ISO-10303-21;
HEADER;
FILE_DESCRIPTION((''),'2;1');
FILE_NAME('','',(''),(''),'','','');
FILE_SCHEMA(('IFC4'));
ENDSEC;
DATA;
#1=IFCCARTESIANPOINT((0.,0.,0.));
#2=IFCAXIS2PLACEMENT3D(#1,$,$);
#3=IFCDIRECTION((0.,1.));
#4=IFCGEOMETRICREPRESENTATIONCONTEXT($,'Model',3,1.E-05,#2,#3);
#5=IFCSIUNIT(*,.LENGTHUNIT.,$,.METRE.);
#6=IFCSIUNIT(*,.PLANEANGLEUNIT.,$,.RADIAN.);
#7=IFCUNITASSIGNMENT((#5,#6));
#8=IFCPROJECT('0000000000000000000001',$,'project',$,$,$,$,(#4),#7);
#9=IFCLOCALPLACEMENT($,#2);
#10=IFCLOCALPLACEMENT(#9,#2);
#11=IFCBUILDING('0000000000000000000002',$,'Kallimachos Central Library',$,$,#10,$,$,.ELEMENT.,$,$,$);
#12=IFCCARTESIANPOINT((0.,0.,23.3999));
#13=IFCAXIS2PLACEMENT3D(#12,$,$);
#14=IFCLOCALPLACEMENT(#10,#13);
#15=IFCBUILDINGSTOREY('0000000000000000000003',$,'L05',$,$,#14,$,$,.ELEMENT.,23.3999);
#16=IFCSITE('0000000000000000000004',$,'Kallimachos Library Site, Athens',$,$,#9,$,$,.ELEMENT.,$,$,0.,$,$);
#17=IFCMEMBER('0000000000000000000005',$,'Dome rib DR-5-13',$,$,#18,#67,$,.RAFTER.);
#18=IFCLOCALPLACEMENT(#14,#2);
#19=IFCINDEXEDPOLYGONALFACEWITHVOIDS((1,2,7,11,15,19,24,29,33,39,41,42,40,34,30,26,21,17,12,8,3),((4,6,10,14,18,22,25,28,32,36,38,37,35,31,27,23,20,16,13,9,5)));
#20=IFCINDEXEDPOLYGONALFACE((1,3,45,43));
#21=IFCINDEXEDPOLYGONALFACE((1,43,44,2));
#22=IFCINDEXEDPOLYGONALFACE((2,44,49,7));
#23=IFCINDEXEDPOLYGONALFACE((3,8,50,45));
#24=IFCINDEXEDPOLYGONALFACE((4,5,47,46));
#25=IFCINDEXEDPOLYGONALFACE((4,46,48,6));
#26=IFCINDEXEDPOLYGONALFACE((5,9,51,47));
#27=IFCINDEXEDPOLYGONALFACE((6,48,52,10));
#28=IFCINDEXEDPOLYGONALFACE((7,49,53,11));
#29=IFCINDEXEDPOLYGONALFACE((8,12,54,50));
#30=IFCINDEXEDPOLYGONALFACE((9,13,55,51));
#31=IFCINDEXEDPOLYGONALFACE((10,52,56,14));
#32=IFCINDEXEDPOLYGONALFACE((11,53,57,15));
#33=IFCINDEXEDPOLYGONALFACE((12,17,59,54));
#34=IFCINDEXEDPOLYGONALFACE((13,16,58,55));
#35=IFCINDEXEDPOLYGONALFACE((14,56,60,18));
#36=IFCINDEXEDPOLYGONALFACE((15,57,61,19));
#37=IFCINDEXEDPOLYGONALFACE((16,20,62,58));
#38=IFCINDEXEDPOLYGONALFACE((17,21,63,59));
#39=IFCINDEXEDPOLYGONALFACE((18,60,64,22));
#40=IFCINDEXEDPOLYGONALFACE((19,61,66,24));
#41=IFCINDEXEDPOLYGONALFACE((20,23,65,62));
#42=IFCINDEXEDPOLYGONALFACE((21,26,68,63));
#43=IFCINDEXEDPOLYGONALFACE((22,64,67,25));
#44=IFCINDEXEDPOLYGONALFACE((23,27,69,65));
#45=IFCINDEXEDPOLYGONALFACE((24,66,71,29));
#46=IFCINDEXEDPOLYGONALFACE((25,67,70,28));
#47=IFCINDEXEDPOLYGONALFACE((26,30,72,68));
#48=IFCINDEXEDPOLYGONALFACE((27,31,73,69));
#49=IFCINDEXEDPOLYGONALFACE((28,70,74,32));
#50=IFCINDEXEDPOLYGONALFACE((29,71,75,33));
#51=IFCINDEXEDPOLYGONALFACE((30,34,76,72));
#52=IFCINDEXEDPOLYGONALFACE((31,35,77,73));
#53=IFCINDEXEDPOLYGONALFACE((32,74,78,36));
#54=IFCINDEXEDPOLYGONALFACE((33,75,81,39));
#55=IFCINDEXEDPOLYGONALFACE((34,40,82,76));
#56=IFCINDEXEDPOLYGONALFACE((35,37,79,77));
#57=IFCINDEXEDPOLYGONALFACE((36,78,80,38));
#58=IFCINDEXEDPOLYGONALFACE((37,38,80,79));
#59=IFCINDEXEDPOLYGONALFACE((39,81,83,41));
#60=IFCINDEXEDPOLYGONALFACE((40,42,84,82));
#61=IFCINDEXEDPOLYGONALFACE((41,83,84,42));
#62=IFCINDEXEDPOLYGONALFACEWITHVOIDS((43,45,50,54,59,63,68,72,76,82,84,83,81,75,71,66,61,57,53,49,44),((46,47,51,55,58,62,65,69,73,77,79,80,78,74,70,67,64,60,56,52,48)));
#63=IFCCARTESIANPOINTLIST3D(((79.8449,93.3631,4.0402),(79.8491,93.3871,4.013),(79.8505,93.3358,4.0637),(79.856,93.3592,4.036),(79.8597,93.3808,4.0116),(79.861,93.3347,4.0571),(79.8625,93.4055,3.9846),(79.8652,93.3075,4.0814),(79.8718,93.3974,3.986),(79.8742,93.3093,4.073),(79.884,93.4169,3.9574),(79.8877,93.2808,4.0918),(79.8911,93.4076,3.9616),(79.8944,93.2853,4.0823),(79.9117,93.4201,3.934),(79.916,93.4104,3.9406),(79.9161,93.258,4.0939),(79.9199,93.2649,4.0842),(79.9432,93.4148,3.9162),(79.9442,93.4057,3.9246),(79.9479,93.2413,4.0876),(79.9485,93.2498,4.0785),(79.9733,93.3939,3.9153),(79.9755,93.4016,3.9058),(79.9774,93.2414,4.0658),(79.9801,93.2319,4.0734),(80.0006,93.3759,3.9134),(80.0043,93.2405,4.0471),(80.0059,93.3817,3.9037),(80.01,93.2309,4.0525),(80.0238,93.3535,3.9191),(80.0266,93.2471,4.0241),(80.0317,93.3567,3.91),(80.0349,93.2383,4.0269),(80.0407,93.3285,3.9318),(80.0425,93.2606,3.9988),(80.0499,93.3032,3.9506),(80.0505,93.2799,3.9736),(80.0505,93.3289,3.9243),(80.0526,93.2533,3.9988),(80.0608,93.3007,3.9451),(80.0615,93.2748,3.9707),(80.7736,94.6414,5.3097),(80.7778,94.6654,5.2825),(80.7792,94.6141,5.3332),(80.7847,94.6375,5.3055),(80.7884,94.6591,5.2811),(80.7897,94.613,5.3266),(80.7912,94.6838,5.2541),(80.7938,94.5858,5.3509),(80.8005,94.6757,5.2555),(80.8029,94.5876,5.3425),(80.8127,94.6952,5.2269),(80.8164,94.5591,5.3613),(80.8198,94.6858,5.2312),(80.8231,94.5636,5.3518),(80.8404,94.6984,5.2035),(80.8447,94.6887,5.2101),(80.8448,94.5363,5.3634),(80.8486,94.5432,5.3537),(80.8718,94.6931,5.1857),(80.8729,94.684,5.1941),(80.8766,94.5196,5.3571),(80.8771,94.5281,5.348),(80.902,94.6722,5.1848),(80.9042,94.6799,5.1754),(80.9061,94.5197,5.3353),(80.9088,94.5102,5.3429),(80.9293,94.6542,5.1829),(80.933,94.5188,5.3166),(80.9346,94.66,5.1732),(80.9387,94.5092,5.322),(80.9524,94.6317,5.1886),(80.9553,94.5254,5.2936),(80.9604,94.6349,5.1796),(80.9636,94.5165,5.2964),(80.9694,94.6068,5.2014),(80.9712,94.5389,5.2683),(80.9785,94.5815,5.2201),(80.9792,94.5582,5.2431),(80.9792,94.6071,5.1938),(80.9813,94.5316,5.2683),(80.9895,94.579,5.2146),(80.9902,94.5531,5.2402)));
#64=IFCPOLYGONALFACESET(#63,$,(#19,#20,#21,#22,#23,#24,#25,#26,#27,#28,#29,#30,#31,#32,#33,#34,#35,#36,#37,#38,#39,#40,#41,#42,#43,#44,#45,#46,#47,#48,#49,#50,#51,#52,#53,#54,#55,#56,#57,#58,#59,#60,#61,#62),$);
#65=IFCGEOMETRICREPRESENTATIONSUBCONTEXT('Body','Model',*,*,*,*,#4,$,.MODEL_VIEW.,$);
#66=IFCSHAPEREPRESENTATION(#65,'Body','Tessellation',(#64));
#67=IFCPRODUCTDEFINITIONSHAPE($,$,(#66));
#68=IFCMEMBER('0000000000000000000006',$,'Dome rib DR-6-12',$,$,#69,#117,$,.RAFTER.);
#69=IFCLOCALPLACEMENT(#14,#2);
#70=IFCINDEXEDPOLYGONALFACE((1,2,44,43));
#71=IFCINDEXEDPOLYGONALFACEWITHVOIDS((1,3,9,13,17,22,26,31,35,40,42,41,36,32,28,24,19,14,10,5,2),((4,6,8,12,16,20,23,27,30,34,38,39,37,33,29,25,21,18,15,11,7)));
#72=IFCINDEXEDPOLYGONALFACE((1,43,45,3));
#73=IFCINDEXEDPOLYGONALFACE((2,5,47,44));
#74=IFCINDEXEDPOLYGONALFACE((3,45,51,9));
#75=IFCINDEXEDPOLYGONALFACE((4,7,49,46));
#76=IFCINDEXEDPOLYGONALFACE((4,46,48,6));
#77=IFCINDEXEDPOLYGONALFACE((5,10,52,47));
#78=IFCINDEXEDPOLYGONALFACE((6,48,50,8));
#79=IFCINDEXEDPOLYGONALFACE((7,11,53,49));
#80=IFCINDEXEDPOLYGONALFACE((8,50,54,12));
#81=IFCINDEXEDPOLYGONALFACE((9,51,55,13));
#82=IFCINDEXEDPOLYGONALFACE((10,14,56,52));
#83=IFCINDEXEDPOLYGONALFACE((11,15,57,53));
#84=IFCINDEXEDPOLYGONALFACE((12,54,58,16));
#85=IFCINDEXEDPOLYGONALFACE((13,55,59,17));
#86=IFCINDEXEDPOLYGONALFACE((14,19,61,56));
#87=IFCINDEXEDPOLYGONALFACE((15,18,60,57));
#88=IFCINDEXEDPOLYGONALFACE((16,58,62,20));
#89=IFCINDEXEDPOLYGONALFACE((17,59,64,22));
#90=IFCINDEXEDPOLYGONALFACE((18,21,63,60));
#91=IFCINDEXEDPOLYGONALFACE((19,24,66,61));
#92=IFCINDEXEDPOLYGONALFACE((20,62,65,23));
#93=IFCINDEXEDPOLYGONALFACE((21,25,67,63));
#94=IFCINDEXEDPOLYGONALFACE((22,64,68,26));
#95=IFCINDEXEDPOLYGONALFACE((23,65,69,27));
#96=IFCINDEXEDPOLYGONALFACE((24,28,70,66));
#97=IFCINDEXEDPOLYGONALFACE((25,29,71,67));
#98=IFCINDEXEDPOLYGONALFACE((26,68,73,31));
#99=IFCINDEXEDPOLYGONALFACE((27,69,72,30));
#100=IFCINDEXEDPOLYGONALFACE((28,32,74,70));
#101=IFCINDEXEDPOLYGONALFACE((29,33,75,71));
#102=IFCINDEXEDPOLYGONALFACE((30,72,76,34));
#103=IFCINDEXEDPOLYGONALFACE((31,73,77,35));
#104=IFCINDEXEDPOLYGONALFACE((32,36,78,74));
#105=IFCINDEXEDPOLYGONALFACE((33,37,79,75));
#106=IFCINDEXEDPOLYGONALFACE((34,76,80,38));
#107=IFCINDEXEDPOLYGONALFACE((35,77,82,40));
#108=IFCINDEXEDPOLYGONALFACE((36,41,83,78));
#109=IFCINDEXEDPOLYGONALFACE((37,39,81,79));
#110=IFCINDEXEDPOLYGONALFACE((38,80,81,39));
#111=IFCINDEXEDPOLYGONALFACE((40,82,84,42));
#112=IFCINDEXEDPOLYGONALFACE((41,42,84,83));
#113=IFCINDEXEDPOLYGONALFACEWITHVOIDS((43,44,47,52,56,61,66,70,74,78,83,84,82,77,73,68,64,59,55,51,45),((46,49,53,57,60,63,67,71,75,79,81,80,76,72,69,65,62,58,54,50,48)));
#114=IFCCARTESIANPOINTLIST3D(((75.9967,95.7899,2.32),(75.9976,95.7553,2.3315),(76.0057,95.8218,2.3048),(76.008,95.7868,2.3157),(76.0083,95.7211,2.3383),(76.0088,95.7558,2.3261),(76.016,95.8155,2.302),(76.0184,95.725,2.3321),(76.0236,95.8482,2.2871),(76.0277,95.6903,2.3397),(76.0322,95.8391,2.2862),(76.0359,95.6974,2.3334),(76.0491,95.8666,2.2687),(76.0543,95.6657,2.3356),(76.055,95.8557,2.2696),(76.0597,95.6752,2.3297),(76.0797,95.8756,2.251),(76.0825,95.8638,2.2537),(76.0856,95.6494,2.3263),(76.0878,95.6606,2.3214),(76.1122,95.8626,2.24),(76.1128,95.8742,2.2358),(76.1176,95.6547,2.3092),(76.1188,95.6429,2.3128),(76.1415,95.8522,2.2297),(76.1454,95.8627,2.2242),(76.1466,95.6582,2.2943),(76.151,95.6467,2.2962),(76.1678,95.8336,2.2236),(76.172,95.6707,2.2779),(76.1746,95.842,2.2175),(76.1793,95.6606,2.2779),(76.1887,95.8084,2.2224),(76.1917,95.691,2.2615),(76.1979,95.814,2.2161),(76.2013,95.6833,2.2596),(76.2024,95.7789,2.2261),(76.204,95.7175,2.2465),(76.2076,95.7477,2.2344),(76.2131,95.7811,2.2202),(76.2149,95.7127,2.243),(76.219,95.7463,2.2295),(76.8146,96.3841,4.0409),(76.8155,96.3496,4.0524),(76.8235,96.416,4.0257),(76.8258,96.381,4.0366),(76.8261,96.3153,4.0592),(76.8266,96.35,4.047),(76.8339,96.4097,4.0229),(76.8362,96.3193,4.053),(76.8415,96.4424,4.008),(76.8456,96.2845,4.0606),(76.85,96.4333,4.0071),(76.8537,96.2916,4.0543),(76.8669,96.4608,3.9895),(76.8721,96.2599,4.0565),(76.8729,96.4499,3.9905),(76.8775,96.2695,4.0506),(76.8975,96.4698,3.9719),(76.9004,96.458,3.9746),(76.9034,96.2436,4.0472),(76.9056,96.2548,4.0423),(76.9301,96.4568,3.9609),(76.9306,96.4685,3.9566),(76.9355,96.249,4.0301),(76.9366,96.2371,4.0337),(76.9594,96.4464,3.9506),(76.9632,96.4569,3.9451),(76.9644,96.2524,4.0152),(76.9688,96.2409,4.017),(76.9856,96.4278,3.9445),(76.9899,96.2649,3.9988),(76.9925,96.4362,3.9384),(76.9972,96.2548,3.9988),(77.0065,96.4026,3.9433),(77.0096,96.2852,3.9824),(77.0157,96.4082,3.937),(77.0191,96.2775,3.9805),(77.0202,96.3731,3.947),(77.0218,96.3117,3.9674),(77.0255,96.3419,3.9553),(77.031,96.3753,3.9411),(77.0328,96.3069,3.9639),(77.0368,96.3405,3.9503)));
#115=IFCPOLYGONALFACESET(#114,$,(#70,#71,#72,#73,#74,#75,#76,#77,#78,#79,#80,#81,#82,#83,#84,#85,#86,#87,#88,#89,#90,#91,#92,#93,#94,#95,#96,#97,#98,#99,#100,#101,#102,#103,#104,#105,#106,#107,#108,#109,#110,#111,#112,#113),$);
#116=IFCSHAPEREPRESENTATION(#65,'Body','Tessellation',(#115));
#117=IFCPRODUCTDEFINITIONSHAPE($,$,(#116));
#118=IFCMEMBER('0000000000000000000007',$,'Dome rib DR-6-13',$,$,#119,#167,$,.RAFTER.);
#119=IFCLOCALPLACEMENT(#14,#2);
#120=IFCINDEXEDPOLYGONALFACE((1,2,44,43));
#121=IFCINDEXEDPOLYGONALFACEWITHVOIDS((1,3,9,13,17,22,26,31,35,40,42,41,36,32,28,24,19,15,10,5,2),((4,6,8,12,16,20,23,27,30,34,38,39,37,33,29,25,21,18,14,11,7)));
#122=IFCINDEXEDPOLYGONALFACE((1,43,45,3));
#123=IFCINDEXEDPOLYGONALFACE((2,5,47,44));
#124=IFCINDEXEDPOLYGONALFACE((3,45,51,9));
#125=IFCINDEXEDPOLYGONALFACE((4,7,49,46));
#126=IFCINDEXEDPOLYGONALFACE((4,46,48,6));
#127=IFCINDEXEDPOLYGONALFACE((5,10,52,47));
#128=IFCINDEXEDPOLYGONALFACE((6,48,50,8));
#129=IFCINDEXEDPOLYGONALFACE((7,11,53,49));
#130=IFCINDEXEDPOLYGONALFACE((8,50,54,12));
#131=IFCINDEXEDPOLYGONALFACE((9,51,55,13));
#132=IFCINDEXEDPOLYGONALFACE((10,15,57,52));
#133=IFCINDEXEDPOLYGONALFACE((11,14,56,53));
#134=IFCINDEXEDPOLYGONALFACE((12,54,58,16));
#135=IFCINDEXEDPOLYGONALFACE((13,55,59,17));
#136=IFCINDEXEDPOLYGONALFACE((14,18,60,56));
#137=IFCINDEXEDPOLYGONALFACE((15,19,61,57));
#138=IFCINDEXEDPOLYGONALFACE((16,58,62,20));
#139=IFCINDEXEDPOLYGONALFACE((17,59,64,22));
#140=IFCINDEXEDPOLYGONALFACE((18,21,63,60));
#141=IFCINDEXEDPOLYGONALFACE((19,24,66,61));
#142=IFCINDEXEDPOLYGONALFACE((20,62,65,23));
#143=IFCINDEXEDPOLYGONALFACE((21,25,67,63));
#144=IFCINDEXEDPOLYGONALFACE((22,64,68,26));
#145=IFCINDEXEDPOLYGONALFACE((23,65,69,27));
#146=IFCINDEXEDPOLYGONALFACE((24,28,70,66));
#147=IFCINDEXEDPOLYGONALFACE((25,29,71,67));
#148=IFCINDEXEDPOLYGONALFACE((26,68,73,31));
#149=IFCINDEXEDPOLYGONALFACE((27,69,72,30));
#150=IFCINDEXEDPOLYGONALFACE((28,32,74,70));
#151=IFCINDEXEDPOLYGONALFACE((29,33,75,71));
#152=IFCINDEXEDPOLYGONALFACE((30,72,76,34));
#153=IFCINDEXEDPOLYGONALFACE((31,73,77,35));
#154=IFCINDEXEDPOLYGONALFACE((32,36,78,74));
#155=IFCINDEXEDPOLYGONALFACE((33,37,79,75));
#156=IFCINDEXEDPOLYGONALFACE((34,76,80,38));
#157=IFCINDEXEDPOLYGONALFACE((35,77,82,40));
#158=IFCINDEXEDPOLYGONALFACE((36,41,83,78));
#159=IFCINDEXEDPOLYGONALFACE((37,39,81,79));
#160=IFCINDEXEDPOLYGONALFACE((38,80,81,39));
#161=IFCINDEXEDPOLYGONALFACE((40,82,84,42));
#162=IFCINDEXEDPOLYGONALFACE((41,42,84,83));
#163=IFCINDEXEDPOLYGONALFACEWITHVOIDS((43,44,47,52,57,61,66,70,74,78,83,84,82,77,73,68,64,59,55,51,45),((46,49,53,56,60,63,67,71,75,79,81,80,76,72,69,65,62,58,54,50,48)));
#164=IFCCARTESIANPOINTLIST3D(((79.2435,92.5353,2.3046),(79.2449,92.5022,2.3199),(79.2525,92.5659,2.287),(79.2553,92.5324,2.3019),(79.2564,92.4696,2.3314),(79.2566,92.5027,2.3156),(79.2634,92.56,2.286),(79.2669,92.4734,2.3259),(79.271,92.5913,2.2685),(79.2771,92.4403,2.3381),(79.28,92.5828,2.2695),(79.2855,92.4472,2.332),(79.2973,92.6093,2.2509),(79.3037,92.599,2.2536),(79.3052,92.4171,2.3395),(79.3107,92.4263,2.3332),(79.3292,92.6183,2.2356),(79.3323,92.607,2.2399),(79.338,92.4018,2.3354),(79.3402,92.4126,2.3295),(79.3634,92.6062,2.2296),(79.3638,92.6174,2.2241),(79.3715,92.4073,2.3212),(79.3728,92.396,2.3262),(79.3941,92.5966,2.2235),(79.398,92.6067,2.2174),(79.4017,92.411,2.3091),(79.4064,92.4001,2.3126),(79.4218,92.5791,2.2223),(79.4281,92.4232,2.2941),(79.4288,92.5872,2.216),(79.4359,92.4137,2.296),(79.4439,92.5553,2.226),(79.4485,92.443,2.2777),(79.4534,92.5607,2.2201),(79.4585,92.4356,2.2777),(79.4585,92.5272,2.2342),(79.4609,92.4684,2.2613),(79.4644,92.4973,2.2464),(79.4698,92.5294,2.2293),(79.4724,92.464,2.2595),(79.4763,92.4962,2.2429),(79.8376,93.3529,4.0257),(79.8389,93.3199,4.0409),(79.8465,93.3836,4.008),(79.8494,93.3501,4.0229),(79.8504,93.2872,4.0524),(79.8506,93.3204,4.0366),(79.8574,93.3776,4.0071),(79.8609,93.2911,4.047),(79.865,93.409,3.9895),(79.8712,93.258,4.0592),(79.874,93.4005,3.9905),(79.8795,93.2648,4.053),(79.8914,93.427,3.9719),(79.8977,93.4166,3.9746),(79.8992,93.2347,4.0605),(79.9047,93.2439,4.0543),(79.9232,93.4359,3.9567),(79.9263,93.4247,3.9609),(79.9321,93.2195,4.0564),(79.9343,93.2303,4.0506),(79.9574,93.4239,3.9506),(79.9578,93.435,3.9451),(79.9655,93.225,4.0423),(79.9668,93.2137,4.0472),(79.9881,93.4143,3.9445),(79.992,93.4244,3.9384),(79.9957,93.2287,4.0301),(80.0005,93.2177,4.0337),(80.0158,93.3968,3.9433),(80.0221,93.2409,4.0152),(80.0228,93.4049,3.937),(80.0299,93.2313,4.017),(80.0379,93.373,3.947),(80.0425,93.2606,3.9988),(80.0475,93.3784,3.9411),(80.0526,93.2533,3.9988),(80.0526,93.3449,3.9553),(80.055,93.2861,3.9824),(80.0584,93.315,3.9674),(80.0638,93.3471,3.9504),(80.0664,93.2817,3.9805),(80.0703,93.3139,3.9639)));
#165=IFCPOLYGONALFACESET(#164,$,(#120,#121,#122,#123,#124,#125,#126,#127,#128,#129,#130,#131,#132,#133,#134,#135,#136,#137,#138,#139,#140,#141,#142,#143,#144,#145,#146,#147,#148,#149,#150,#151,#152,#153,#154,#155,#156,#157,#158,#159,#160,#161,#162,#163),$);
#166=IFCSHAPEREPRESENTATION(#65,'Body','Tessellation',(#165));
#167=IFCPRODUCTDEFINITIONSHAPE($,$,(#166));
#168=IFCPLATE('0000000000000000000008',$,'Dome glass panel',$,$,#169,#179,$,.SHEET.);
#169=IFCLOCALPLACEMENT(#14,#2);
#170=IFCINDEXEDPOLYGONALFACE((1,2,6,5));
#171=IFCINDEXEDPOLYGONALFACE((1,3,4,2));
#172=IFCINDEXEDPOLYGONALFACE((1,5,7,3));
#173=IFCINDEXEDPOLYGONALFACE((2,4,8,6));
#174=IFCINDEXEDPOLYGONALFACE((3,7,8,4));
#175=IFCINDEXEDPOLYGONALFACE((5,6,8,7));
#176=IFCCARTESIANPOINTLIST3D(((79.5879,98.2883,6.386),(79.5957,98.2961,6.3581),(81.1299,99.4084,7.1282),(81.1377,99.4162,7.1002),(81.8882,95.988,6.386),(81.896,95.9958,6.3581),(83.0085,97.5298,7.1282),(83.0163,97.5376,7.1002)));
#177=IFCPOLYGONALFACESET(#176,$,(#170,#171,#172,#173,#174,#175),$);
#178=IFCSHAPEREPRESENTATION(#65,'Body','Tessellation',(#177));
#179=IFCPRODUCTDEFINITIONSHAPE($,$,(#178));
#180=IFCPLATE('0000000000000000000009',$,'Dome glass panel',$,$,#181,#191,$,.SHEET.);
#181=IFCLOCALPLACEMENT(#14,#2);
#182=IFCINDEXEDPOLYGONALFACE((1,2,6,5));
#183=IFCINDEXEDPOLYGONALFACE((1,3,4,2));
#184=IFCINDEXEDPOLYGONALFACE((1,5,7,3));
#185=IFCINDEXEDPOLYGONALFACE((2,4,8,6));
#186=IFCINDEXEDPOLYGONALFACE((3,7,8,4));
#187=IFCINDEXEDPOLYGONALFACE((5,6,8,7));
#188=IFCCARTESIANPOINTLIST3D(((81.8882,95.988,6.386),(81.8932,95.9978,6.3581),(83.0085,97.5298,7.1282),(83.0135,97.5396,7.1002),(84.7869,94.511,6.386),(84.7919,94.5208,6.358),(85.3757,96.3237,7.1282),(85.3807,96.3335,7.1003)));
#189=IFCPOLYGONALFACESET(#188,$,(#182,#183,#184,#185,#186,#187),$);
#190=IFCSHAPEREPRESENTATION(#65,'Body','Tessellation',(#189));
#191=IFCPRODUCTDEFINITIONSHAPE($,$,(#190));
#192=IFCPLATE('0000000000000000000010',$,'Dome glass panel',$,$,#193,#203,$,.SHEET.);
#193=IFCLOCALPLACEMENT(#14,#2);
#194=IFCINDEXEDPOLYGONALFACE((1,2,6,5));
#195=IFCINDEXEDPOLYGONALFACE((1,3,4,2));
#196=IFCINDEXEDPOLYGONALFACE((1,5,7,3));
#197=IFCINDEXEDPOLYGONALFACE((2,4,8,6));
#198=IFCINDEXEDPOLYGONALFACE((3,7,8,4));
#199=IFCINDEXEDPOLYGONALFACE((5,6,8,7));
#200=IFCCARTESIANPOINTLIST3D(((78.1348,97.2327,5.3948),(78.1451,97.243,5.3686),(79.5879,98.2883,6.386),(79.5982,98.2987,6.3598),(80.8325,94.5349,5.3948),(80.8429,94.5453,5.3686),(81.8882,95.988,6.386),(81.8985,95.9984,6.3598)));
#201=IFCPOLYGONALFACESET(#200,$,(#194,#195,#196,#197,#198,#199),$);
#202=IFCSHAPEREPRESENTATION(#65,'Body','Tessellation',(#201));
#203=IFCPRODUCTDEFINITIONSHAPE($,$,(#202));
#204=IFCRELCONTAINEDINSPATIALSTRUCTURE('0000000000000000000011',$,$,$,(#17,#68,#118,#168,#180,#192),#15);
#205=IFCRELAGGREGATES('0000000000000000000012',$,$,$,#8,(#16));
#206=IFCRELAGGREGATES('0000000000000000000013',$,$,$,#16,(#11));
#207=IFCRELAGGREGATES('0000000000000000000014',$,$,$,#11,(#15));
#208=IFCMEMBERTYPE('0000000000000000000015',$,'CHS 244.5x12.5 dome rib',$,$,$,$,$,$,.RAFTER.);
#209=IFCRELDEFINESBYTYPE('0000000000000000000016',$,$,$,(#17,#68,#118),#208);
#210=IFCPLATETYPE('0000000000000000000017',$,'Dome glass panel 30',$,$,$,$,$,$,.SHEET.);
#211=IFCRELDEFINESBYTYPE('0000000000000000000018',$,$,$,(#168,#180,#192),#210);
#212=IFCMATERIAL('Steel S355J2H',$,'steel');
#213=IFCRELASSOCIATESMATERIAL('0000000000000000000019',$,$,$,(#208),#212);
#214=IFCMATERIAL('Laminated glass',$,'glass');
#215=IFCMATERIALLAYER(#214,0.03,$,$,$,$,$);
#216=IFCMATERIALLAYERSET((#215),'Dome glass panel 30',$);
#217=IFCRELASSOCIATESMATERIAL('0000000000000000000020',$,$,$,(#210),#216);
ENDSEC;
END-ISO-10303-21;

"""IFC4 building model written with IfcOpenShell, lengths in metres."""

from ifc_helpers import new_model, si_unit, direction, frame, origin, origin_2d, place, context, subcontext, project, spatial, polyline, hollow_circle, outline, extrude, material, layer, layer_set, material_profile, profile_set, type_object, element, save


model = new_model("IFC4")

# Units and contexts
model_context = context("Model", 3, precision=1e-05, world=origin(), true_north=direction((0.0, 1.0)))
body_context = subcontext(model_context, "Body", "Model", "MODEL_VIEW")
ifc_project = project(units=[si_unit("LENGTHUNIT", "METRE"), si_unit("PLANEANGLEUNIT", "RADIAN")], contexts=[model_context])

# Site, building, storey
site_placement = place(None, origin())
site = spatial("IfcSite", under=ifc_project, at=site_placement, Name="Kallimachos Library Site, Athens", CompositionType="ELEMENT", RefElevation=0.0)
building_placement = place(site_placement, origin())
building = spatial("IfcBuilding", under=site, at=building_placement, Name="Kallimachos Central Library", CompositionType="ELEMENT")
storey_placement = place(building_placement, frame((0.0, 0.0, 23.3999)))
storey = spatial("IfcBuildingStorey", under=building, at=storey_placement, Name="L05", CompositionType="ELEMENT", Elevation=23.3999)

# Members
ifc_material_1 = material(Name="Steel S355J2H", Category="steel")
ifc_material_profile_1 = material_profile(ifc_material_1, hollow_circle(Radius=0.1223, WallThickness=0.0125, at=origin_2d()), Name="CHS 244.5x12.5")
ifc_profile_set_1 = profile_set([ifc_material_profile_1], Name="Steel S355J2H")
member_type_1 = type_object("IfcMemberType", Name="CHS 244.5x12.5 dome rib", PredefinedType="RAFTER", material=ifc_profile_set_1)
for number, where, z_axis, x_axis, name in (
    (1, (80.8823, 94.6035, 5.2683), (-0.458193, -0.630678, -0.626342), (0.80903, -0.587767, 0.0), "Dome rib DR-5-13"),
):
    element("IfcMember", number, at=place(storey_placement, frame(where, z_axis=z_axis, x_axis=x_axis)), inside=storey, type_object=member_type_1, Name=name, PredefinedType="RAFTER", context=body_context, shape_type="SweptSolid", body=[
        extrude(hollow_circle(Radius=0.1223, WallThickness=0.0125, at=origin_2d()), origin(), (0.0, 0.0, 1.0), 2.0269),
    ])
for number, where, z_axis, x_axis, name in (
    (2, (76.9253, 96.3538, 3.9988), (-0.409772, -0.297727, -0.862233), (0.587798, -0.809008, 0.0), "Dome rib DR-6-12"),
    (3, (79.9536, 93.3252, 3.9988), (-0.29763, -0.409685, -0.862308), (0.809039, -0.587755, 0.0), "Dome rib DR-6-13"),
):
    element("IfcMember", number, at=place(storey_placement, frame(where, z_axis=z_axis, x_axis=x_axis)), inside=storey, type_object=member_type_1, Name=name, PredefinedType="RAFTER", context=body_context, shape_type="SweptSolid", body=[
        extrude(hollow_circle(Radius=0.1223, WallThickness=0.0125, at=origin_2d()), origin(), (0.0, 0.0, 1.0), 1.9958),
    ])

# Plates
ifc_material_2 = material(Name="Laminated glass", Category="glass")
ifc_layer = layer(ifc_material_2, 0.03)
ifc_layer_set = layer_set([ifc_layer], Name="Dome glass panel 30")
plate_type = type_object("IfcPlateType", Name="Dome glass panel 30", PredefinedType="SHEET", material=ifc_layer_set)
plate_1_placement = place(storey_placement, frame((81.1299, 99.4084, 7.1282), z_axis=(-0.259365, -0.259365, 0.930301), x_axis=(-0.75392, -0.547655, -0.362875)))
element("IfcPlate", 4, at=plate_1_placement, inside=storey, type_object=plate_type, Name="Dome glass panel", PredefinedType="SHEET", context=body_context, shape_type="SweptSolid", body=[
    extrude(outline(polyline([(0.0, 0.0), (2.0453, 0.0), (1.5708, 3.2183), (-0.3875, 2.6284), (0.0, 0.0)])), origin(), (0.0, 0.0, -1.0), 0.03),
])
plate_2_placement = place(storey_placement, frame((83.0085, 97.5298, 7.1282), z_axis=(-0.166521, -0.326814, 0.930303), x_axis=(-0.54779, -0.753824, -0.36287)))
element("IfcPlate", 5, at=plate_2_placement, inside=storey, type_object=plate_type, Name="Dome glass panel", PredefinedType="SHEET", context=body_context, shape_type="SweptSolid", body=[
    extrude(outline(polyline([(0.0, 0.0), (2.0452, 0.0), (1.5708, 3.2185), (-0.3876, 2.6283), (0.0, 0.0)])), origin(), (0.0, 0.0, -1.0), 0.03),
])
plate_3_placement = place(storey_placement, frame((79.5879, 98.2883, 6.386), z_axis=(-0.344907, -0.344907, 0.872971), x_axis=(-0.708336, -0.514591, -0.483173)))
element("IfcPlate", 6, at=plate_3_placement, inside=storey, type_object=plate_type, Name="Dome glass panel", PredefinedType="SHEET", context=body_context, shape_type="SweptSolid", body=[
    extrude(outline(polyline([(0.0, 0.0), (2.0515, 0.0), (1.5288, 3.7792), (-0.4457, 3.2224), (0.0, 0.0)])), origin(), (0.0, 0.0, -1.0), 0.03),
])

save(model, "model.ifc")
